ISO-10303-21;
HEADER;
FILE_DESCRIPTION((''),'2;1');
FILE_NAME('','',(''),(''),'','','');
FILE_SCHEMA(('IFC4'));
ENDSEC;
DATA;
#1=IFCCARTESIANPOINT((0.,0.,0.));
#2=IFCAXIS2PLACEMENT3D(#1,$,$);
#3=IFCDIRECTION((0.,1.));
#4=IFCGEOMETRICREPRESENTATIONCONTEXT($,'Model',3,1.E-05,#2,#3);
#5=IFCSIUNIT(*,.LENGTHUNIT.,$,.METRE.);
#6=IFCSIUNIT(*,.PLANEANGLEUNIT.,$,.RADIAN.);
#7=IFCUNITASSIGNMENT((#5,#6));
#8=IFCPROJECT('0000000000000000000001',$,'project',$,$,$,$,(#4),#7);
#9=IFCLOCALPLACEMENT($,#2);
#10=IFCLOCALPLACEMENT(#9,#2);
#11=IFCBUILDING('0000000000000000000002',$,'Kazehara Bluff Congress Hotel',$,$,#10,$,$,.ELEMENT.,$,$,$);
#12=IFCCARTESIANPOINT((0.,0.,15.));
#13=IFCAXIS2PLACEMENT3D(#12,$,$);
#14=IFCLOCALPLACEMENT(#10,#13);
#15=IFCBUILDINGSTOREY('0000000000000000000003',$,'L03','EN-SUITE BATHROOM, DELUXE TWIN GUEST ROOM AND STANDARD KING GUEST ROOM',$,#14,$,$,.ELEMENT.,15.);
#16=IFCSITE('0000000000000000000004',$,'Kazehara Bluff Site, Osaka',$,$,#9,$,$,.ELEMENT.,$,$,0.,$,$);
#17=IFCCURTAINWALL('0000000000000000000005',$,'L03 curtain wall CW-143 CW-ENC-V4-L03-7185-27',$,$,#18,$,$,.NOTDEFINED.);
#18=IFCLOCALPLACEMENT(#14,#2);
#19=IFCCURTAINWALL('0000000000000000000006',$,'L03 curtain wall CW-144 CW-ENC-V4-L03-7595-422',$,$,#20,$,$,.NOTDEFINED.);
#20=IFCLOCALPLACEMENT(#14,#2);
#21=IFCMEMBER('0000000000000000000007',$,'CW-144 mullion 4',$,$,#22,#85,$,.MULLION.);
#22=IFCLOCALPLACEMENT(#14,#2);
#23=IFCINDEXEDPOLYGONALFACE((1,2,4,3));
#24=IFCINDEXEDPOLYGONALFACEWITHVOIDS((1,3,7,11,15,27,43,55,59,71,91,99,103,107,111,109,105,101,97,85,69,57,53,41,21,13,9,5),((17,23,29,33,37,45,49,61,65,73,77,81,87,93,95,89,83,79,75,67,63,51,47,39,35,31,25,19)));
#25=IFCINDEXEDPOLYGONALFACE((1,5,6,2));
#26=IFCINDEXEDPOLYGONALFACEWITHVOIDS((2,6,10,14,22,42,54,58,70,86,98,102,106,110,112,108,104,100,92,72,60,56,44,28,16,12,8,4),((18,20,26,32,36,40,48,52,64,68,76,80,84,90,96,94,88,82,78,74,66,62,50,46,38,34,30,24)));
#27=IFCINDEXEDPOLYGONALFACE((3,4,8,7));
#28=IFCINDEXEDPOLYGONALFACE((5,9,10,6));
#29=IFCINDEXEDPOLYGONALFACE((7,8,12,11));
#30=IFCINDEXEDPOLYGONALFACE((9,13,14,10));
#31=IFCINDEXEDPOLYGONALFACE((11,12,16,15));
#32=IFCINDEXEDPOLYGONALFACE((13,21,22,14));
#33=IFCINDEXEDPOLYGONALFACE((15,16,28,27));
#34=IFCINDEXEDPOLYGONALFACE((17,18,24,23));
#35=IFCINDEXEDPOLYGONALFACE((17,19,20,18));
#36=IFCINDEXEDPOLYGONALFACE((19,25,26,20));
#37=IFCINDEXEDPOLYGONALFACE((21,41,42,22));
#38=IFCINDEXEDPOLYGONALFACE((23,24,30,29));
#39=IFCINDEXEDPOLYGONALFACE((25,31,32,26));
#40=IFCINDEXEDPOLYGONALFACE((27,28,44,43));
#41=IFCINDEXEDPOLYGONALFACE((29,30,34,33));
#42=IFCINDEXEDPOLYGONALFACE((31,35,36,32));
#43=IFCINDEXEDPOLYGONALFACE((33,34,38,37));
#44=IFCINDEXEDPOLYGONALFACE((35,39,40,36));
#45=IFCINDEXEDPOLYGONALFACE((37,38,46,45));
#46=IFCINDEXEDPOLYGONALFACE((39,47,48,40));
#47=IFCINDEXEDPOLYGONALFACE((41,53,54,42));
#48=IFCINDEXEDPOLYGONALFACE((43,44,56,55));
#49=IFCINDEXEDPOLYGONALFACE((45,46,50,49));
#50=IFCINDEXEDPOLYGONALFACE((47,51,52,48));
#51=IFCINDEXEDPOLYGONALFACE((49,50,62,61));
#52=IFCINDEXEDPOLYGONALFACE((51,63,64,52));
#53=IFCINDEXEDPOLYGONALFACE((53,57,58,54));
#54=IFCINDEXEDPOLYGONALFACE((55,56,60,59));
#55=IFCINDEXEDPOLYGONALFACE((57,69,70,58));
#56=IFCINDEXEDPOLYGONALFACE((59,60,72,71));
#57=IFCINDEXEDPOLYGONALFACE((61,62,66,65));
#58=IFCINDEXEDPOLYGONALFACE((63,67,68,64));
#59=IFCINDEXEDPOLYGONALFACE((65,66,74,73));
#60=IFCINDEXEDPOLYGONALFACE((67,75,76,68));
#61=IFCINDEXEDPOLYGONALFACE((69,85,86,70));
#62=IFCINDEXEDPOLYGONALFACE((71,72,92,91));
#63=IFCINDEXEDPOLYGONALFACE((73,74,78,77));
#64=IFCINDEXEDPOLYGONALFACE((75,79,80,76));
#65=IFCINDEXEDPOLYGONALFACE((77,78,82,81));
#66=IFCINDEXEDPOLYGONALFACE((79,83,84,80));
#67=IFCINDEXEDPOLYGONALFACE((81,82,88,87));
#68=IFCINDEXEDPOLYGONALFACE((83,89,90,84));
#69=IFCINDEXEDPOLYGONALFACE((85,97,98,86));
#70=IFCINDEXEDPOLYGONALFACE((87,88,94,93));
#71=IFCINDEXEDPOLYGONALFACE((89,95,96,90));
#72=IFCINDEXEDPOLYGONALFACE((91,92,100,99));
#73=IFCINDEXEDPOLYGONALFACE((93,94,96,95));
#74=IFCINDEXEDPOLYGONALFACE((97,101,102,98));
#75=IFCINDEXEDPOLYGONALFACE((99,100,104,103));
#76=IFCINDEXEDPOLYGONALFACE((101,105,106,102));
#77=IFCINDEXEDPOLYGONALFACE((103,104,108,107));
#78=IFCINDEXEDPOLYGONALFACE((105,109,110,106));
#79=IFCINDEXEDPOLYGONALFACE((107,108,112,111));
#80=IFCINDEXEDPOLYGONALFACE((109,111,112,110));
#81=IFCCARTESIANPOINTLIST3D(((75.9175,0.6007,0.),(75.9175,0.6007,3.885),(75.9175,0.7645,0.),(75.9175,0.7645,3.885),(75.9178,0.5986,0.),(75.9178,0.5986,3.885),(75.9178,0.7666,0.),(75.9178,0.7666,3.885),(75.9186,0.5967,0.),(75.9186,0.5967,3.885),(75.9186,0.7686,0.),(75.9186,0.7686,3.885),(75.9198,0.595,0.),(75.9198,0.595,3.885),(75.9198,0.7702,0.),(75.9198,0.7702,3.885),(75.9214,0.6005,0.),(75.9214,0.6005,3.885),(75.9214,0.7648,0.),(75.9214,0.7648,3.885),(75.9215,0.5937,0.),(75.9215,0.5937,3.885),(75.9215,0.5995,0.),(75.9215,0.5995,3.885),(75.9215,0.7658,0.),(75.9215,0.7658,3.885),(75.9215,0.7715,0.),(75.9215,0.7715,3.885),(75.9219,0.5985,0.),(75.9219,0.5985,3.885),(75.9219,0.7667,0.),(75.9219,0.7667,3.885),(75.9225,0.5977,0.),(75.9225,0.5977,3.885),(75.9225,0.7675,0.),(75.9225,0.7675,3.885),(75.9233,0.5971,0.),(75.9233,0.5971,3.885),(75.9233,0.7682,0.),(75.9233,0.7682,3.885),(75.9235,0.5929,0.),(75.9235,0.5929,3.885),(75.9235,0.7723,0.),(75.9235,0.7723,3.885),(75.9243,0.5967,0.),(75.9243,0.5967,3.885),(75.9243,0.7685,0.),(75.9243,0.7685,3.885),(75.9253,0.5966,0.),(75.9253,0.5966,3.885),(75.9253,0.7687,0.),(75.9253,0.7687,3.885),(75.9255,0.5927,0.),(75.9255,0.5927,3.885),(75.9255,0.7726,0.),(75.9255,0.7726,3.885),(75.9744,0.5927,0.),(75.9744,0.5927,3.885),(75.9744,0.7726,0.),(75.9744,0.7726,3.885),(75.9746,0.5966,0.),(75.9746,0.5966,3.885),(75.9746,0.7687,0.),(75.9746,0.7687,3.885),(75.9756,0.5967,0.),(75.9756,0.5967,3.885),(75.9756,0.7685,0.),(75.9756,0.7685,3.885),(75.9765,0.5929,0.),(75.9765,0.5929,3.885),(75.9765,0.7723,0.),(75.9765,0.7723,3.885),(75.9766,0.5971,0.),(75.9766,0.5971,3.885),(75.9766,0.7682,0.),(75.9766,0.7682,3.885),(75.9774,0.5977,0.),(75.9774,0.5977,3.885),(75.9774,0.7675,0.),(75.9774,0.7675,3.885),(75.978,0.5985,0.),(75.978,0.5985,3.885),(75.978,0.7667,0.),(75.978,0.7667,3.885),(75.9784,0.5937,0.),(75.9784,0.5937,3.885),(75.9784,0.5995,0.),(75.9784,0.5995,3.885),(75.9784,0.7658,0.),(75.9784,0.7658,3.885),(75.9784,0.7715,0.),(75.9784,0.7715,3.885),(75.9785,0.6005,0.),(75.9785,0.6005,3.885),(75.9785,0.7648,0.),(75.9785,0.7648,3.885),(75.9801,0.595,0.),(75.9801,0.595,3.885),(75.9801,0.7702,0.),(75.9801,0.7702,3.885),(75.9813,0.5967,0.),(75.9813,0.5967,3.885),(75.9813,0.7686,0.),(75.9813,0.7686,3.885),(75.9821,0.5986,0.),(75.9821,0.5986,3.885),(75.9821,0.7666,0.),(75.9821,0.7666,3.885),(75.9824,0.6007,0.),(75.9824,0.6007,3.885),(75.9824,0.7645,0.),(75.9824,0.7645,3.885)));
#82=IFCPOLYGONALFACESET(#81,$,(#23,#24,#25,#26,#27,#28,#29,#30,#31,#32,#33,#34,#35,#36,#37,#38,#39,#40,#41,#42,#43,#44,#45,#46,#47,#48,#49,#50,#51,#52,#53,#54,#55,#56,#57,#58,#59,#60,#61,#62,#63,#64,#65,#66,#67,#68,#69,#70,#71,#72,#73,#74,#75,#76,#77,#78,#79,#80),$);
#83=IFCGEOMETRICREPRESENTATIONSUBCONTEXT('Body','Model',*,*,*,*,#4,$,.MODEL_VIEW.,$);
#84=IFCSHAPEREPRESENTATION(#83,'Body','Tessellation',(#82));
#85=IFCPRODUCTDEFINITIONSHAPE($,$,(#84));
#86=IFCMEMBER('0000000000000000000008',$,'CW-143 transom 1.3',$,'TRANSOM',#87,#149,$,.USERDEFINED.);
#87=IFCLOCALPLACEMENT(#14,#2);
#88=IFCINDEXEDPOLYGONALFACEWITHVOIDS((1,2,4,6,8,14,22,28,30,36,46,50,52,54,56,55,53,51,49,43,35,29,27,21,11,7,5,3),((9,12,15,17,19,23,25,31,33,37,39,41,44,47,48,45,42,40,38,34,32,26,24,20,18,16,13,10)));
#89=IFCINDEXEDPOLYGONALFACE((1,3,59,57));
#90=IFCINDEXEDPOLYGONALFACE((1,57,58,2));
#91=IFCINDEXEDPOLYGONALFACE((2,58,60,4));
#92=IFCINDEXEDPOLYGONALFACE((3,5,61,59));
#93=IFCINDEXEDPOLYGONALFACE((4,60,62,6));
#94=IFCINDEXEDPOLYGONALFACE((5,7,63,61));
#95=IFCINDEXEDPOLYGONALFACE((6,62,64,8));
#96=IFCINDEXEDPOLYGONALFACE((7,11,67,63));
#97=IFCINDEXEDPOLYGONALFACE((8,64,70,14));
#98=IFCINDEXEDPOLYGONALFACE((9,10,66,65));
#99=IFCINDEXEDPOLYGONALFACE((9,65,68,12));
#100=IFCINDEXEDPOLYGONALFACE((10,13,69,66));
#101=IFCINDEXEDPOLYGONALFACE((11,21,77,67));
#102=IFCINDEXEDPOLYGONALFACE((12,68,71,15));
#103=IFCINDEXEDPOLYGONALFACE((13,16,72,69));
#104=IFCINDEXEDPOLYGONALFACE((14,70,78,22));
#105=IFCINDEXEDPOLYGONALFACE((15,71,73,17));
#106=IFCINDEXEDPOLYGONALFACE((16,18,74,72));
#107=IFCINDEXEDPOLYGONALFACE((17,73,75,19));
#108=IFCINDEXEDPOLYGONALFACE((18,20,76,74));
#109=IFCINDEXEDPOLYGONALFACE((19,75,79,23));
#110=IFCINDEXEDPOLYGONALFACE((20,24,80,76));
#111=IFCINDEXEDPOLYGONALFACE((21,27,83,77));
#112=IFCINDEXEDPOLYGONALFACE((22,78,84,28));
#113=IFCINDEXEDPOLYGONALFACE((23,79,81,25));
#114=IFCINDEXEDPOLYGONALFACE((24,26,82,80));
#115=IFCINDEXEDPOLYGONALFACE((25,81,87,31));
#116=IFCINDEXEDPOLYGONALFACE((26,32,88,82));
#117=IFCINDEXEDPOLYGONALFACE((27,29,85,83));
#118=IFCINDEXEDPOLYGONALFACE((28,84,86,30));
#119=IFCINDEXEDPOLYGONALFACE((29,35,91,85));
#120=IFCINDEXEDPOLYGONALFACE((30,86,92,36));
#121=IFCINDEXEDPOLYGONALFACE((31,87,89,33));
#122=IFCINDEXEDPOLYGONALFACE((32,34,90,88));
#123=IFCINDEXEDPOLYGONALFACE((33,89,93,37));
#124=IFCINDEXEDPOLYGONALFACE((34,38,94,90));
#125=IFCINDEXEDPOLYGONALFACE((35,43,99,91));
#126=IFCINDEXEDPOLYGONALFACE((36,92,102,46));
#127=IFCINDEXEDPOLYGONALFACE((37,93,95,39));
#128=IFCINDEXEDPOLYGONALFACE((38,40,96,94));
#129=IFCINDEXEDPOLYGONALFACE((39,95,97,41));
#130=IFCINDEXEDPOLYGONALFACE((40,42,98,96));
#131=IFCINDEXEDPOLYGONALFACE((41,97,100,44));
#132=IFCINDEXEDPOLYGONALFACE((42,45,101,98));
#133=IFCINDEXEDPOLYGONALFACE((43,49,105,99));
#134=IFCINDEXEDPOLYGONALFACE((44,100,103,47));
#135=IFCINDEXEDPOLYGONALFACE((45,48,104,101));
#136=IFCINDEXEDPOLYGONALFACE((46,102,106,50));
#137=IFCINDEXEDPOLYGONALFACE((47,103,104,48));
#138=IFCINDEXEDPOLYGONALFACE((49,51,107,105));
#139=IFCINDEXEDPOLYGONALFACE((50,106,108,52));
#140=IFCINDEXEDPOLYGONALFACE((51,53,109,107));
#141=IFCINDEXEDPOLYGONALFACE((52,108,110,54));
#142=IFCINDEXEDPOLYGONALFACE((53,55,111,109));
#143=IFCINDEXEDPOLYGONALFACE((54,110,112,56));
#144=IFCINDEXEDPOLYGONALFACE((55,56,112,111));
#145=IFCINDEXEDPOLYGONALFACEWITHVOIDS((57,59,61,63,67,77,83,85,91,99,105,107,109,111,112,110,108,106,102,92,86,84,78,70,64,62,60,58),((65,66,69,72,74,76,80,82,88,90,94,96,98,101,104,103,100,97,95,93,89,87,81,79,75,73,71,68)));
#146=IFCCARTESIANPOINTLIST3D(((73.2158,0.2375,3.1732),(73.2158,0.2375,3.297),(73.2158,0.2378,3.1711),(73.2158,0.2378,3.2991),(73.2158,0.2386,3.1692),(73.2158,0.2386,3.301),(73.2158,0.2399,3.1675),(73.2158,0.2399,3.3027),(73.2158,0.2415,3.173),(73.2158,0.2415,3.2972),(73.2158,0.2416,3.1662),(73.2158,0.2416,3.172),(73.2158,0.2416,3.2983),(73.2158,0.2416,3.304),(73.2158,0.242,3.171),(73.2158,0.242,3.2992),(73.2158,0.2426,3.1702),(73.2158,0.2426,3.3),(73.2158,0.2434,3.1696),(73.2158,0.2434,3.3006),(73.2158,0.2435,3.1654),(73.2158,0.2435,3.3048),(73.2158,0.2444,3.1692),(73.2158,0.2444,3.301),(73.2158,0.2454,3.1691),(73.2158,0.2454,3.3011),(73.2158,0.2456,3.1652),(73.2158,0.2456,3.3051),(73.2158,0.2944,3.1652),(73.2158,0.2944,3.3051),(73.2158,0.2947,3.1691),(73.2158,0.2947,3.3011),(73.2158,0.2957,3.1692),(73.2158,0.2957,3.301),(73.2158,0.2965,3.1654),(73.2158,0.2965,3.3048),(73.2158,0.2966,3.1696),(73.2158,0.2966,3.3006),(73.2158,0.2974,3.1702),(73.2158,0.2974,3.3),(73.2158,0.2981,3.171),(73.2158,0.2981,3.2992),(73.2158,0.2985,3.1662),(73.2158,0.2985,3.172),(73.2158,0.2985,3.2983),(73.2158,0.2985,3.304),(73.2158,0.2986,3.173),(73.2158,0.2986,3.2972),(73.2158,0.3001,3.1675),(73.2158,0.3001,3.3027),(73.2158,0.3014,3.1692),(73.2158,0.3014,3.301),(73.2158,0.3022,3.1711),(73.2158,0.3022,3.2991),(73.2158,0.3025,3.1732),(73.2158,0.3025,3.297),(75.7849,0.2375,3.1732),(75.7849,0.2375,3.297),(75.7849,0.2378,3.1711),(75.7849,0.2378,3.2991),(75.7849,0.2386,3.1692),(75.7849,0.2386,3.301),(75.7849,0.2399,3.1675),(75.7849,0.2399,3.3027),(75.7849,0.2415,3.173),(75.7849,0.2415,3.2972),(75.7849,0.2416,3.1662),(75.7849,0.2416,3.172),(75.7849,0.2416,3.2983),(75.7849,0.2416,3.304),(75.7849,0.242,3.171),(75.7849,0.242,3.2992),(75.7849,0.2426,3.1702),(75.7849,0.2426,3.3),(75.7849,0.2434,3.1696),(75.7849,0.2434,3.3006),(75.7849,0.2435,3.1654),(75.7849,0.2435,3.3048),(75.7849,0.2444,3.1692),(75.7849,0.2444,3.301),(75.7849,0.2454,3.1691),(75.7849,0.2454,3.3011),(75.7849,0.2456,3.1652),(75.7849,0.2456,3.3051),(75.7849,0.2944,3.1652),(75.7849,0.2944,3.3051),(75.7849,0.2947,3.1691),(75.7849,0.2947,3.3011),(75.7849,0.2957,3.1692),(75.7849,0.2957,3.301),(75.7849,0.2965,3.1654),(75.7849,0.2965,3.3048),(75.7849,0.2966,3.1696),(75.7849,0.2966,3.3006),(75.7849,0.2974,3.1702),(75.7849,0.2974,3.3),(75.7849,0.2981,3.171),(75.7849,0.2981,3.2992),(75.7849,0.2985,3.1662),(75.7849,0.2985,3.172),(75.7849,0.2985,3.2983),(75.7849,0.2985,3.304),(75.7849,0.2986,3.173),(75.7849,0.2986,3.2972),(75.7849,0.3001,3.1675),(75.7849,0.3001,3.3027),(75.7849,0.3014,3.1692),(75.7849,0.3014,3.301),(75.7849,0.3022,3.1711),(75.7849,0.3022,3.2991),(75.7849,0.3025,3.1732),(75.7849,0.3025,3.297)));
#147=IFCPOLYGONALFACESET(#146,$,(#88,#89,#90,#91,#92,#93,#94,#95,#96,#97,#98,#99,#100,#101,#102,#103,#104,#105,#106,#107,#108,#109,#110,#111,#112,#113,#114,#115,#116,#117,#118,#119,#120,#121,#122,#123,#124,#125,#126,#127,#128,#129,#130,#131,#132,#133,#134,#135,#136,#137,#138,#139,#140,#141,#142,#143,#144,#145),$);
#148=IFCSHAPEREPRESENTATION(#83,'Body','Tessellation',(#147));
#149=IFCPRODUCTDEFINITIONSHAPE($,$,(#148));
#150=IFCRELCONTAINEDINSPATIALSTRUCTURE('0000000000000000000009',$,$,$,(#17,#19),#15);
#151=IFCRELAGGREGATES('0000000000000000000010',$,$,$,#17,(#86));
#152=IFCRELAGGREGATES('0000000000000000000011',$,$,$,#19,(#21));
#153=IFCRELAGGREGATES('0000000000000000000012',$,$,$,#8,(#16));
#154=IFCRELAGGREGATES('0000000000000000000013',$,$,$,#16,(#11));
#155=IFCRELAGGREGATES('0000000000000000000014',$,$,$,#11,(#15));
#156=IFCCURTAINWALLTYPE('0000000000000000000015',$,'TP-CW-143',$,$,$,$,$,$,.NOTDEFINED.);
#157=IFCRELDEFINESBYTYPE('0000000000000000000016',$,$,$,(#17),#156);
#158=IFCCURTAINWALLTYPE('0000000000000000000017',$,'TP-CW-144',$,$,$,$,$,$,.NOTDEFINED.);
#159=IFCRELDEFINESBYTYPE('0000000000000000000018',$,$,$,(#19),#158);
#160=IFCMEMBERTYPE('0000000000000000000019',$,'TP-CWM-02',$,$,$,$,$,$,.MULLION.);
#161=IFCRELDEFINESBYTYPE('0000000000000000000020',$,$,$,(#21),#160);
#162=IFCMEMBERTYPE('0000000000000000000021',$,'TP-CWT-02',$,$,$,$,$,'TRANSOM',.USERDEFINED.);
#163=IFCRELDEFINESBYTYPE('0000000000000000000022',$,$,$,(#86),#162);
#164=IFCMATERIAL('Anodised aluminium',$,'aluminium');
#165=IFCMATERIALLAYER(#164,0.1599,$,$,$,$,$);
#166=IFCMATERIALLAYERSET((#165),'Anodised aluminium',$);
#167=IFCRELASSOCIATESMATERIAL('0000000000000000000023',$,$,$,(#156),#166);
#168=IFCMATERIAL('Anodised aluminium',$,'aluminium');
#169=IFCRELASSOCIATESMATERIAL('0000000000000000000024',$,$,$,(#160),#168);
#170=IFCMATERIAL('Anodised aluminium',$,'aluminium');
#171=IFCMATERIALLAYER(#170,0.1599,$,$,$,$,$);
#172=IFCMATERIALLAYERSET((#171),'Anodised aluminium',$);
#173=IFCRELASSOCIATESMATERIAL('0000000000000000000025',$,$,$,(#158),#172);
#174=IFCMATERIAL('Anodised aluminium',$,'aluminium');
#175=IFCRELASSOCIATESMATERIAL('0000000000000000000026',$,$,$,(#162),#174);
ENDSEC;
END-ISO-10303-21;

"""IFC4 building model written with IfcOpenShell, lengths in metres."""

from ifc_helpers import new_model, si_unit, direction, frame, origin, origin_2d, place, context, subcontext, project, spatial, hollow_rectangle, extrude, material, layer, layer_set, material_profile, profile_set, type_object, element, aggregate, save


model = new_model("IFC4")

# Units and contexts
model_context = context("Model", 3, precision=1e-05, world=origin(), true_north=direction((0.0, 1.0)))
body_context = subcontext(model_context, "Body", "Model", "MODEL_VIEW")
ifc_project = project(units=[si_unit("LENGTHUNIT", "METRE"), si_unit("PLANEANGLEUNIT", "RADIAN")], contexts=[model_context])

# Site, building, storey
site_placement = place(None, origin())
site = spatial("IfcSite", under=ifc_project, at=site_placement, Name="Kazehara Bluff Site, Osaka", CompositionType="ELEMENT", RefElevation=0.0)
building_placement = place(site_placement, origin())
building = spatial("IfcBuilding", under=site, at=building_placement, Name="Kazehara Bluff Congress Hotel", CompositionType="ELEMENT")
storey_placement = place(building_placement, frame((0.0, 0.0, 15.0)))
storey = spatial("IfcBuildingStorey", under=building, at=storey_placement, Name="L03", Description="EN-SUITE BATHROOM, DELUXE TWIN GUEST ROOM AND STANDARD KING GUEST ROOM", CompositionType="ELEMENT", Elevation=15.0)

# Curtain wall
ifc_material_1 = material(Name="Anodised aluminium", Category="aluminium")
ifc_layer_1 = layer(ifc_material_1, 0.1599)
ifc_layer_set_1 = layer_set([ifc_layer_1], Name="Anodised aluminium")
curtain_wall_type_1 = type_object("IfcCurtainWallType", Name="TP-CW-143", PredefinedType="NOTDEFINED", material=ifc_layer_set_1)
curtain_wall_1_placement = place(storey_placement, origin())
curtain_wall_1 = element("IfcCurtainWall", 1, at=curtain_wall_1_placement, inside=storey, type_object=curtain_wall_type_1, Name="L03 curtain wall CW-143 CW-ENC-V4-L03-7185-27", PredefinedType="NOTDEFINED")
ifc_material_2 = material(Name="Anodised aluminium", Category="aluminium")
ifc_material_profile_1 = material_profile(ifc_material_2, hollow_rectangle(XDim=0.0649, YDim=0.1799, WallThickness=0.0039, InnerFilletRadius=0.0039, OuterFilletRadius=0.0081, at=origin_2d()))
ifc_profile_set_1 = profile_set([ifc_material_profile_1], Name="Anodised aluminium")
member_type_1 = type_object("IfcMemberType", Name="TP-CWM-02", PredefinedType="MULLION", material=ifc_profile_set_1)

# Curtain wall, member
ifc_material_3 = material(Name="Anodised aluminium", Category="aluminium")
ifc_layer_2 = layer(ifc_material_3, 0.1599)
ifc_layer_set_2 = layer_set([ifc_layer_2], Name="Anodised aluminium")
curtain_wall_type_2 = type_object("IfcCurtainWallType", Name="TP-CW-144", PredefinedType="NOTDEFINED", material=ifc_layer_set_2)
curtain_wall_2_placement = place(storey_placement, origin())
curtain_wall_2 = element("IfcCurtainWall", 2, at=curtain_wall_2_placement, inside=storey, type_object=curtain_wall_type_2, Name="L03 curtain wall CW-144 CW-ENC-V4-L03-7595-422", PredefinedType="NOTDEFINED")
member_1_placement = place(storey_placement, frame((75.95, 0.6826, 0.0), z_axis=(0.0, 0.0, 1.0), x_axis=(1.0, 0.0, 0.0)))
member_1 = element("IfcMember", 3, at=member_1_placement, type_object=member_type_1, Name="CW-144 mullion 4", PredefinedType="MULLION", context=body_context, shape_type="SweptSolid", body=[
    extrude(hollow_rectangle(XDim=0.0649, YDim=0.1799, WallThickness=0.0039, InnerFilletRadius=0.0039, OuterFilletRadius=0.0081, at=origin_2d()), origin(), (0.0, 0.0, 1.0), 3.885),
])

# Member
ifc_material_4 = material(Name="Anodised aluminium", Category="aluminium")
ifc_material_profile_2 = material_profile(ifc_material_4, hollow_rectangle(XDim=0.0649, YDim=0.1399, WallThickness=0.0039, InnerFilletRadius=0.0039, OuterFilletRadius=0.0081, at=origin_2d()))
ifc_profile_set_2 = profile_set([ifc_material_profile_2], Name="Anodised aluminium")
member_type_2 = type_object("IfcMemberType", Name="TP-CWT-02", ElementType="TRANSOM", PredefinedType="USERDEFINED", material=ifc_profile_set_2)
member_2_placement = place(storey_placement, frame((75.7849, 0.27, 3.2351), z_axis=(-1.0, 0.0, 0.0), x_axis=(0.0, -1.0, 0.0)))
member_2 = element("IfcMember", 4, at=member_2_placement, type_object=member_type_2, Name="CW-143 transom 1.3", ObjectType="TRANSOM", PredefinedType="USERDEFINED", context=body_context, shape_type="SweptSolid", body=[
    extrude(hollow_rectangle(XDim=0.0649, YDim=0.1399, WallThickness=0.0039, InnerFilletRadius=0.0039, OuterFilletRadius=0.0081, at=origin_2d()), origin(), (0.0, 0.0, 1.0), 2.5691),
])
aggregate(curtain_wall_1, [member_2])

aggregate(curtain_wall_2, [member_1])

save(model, "model.ifc")
